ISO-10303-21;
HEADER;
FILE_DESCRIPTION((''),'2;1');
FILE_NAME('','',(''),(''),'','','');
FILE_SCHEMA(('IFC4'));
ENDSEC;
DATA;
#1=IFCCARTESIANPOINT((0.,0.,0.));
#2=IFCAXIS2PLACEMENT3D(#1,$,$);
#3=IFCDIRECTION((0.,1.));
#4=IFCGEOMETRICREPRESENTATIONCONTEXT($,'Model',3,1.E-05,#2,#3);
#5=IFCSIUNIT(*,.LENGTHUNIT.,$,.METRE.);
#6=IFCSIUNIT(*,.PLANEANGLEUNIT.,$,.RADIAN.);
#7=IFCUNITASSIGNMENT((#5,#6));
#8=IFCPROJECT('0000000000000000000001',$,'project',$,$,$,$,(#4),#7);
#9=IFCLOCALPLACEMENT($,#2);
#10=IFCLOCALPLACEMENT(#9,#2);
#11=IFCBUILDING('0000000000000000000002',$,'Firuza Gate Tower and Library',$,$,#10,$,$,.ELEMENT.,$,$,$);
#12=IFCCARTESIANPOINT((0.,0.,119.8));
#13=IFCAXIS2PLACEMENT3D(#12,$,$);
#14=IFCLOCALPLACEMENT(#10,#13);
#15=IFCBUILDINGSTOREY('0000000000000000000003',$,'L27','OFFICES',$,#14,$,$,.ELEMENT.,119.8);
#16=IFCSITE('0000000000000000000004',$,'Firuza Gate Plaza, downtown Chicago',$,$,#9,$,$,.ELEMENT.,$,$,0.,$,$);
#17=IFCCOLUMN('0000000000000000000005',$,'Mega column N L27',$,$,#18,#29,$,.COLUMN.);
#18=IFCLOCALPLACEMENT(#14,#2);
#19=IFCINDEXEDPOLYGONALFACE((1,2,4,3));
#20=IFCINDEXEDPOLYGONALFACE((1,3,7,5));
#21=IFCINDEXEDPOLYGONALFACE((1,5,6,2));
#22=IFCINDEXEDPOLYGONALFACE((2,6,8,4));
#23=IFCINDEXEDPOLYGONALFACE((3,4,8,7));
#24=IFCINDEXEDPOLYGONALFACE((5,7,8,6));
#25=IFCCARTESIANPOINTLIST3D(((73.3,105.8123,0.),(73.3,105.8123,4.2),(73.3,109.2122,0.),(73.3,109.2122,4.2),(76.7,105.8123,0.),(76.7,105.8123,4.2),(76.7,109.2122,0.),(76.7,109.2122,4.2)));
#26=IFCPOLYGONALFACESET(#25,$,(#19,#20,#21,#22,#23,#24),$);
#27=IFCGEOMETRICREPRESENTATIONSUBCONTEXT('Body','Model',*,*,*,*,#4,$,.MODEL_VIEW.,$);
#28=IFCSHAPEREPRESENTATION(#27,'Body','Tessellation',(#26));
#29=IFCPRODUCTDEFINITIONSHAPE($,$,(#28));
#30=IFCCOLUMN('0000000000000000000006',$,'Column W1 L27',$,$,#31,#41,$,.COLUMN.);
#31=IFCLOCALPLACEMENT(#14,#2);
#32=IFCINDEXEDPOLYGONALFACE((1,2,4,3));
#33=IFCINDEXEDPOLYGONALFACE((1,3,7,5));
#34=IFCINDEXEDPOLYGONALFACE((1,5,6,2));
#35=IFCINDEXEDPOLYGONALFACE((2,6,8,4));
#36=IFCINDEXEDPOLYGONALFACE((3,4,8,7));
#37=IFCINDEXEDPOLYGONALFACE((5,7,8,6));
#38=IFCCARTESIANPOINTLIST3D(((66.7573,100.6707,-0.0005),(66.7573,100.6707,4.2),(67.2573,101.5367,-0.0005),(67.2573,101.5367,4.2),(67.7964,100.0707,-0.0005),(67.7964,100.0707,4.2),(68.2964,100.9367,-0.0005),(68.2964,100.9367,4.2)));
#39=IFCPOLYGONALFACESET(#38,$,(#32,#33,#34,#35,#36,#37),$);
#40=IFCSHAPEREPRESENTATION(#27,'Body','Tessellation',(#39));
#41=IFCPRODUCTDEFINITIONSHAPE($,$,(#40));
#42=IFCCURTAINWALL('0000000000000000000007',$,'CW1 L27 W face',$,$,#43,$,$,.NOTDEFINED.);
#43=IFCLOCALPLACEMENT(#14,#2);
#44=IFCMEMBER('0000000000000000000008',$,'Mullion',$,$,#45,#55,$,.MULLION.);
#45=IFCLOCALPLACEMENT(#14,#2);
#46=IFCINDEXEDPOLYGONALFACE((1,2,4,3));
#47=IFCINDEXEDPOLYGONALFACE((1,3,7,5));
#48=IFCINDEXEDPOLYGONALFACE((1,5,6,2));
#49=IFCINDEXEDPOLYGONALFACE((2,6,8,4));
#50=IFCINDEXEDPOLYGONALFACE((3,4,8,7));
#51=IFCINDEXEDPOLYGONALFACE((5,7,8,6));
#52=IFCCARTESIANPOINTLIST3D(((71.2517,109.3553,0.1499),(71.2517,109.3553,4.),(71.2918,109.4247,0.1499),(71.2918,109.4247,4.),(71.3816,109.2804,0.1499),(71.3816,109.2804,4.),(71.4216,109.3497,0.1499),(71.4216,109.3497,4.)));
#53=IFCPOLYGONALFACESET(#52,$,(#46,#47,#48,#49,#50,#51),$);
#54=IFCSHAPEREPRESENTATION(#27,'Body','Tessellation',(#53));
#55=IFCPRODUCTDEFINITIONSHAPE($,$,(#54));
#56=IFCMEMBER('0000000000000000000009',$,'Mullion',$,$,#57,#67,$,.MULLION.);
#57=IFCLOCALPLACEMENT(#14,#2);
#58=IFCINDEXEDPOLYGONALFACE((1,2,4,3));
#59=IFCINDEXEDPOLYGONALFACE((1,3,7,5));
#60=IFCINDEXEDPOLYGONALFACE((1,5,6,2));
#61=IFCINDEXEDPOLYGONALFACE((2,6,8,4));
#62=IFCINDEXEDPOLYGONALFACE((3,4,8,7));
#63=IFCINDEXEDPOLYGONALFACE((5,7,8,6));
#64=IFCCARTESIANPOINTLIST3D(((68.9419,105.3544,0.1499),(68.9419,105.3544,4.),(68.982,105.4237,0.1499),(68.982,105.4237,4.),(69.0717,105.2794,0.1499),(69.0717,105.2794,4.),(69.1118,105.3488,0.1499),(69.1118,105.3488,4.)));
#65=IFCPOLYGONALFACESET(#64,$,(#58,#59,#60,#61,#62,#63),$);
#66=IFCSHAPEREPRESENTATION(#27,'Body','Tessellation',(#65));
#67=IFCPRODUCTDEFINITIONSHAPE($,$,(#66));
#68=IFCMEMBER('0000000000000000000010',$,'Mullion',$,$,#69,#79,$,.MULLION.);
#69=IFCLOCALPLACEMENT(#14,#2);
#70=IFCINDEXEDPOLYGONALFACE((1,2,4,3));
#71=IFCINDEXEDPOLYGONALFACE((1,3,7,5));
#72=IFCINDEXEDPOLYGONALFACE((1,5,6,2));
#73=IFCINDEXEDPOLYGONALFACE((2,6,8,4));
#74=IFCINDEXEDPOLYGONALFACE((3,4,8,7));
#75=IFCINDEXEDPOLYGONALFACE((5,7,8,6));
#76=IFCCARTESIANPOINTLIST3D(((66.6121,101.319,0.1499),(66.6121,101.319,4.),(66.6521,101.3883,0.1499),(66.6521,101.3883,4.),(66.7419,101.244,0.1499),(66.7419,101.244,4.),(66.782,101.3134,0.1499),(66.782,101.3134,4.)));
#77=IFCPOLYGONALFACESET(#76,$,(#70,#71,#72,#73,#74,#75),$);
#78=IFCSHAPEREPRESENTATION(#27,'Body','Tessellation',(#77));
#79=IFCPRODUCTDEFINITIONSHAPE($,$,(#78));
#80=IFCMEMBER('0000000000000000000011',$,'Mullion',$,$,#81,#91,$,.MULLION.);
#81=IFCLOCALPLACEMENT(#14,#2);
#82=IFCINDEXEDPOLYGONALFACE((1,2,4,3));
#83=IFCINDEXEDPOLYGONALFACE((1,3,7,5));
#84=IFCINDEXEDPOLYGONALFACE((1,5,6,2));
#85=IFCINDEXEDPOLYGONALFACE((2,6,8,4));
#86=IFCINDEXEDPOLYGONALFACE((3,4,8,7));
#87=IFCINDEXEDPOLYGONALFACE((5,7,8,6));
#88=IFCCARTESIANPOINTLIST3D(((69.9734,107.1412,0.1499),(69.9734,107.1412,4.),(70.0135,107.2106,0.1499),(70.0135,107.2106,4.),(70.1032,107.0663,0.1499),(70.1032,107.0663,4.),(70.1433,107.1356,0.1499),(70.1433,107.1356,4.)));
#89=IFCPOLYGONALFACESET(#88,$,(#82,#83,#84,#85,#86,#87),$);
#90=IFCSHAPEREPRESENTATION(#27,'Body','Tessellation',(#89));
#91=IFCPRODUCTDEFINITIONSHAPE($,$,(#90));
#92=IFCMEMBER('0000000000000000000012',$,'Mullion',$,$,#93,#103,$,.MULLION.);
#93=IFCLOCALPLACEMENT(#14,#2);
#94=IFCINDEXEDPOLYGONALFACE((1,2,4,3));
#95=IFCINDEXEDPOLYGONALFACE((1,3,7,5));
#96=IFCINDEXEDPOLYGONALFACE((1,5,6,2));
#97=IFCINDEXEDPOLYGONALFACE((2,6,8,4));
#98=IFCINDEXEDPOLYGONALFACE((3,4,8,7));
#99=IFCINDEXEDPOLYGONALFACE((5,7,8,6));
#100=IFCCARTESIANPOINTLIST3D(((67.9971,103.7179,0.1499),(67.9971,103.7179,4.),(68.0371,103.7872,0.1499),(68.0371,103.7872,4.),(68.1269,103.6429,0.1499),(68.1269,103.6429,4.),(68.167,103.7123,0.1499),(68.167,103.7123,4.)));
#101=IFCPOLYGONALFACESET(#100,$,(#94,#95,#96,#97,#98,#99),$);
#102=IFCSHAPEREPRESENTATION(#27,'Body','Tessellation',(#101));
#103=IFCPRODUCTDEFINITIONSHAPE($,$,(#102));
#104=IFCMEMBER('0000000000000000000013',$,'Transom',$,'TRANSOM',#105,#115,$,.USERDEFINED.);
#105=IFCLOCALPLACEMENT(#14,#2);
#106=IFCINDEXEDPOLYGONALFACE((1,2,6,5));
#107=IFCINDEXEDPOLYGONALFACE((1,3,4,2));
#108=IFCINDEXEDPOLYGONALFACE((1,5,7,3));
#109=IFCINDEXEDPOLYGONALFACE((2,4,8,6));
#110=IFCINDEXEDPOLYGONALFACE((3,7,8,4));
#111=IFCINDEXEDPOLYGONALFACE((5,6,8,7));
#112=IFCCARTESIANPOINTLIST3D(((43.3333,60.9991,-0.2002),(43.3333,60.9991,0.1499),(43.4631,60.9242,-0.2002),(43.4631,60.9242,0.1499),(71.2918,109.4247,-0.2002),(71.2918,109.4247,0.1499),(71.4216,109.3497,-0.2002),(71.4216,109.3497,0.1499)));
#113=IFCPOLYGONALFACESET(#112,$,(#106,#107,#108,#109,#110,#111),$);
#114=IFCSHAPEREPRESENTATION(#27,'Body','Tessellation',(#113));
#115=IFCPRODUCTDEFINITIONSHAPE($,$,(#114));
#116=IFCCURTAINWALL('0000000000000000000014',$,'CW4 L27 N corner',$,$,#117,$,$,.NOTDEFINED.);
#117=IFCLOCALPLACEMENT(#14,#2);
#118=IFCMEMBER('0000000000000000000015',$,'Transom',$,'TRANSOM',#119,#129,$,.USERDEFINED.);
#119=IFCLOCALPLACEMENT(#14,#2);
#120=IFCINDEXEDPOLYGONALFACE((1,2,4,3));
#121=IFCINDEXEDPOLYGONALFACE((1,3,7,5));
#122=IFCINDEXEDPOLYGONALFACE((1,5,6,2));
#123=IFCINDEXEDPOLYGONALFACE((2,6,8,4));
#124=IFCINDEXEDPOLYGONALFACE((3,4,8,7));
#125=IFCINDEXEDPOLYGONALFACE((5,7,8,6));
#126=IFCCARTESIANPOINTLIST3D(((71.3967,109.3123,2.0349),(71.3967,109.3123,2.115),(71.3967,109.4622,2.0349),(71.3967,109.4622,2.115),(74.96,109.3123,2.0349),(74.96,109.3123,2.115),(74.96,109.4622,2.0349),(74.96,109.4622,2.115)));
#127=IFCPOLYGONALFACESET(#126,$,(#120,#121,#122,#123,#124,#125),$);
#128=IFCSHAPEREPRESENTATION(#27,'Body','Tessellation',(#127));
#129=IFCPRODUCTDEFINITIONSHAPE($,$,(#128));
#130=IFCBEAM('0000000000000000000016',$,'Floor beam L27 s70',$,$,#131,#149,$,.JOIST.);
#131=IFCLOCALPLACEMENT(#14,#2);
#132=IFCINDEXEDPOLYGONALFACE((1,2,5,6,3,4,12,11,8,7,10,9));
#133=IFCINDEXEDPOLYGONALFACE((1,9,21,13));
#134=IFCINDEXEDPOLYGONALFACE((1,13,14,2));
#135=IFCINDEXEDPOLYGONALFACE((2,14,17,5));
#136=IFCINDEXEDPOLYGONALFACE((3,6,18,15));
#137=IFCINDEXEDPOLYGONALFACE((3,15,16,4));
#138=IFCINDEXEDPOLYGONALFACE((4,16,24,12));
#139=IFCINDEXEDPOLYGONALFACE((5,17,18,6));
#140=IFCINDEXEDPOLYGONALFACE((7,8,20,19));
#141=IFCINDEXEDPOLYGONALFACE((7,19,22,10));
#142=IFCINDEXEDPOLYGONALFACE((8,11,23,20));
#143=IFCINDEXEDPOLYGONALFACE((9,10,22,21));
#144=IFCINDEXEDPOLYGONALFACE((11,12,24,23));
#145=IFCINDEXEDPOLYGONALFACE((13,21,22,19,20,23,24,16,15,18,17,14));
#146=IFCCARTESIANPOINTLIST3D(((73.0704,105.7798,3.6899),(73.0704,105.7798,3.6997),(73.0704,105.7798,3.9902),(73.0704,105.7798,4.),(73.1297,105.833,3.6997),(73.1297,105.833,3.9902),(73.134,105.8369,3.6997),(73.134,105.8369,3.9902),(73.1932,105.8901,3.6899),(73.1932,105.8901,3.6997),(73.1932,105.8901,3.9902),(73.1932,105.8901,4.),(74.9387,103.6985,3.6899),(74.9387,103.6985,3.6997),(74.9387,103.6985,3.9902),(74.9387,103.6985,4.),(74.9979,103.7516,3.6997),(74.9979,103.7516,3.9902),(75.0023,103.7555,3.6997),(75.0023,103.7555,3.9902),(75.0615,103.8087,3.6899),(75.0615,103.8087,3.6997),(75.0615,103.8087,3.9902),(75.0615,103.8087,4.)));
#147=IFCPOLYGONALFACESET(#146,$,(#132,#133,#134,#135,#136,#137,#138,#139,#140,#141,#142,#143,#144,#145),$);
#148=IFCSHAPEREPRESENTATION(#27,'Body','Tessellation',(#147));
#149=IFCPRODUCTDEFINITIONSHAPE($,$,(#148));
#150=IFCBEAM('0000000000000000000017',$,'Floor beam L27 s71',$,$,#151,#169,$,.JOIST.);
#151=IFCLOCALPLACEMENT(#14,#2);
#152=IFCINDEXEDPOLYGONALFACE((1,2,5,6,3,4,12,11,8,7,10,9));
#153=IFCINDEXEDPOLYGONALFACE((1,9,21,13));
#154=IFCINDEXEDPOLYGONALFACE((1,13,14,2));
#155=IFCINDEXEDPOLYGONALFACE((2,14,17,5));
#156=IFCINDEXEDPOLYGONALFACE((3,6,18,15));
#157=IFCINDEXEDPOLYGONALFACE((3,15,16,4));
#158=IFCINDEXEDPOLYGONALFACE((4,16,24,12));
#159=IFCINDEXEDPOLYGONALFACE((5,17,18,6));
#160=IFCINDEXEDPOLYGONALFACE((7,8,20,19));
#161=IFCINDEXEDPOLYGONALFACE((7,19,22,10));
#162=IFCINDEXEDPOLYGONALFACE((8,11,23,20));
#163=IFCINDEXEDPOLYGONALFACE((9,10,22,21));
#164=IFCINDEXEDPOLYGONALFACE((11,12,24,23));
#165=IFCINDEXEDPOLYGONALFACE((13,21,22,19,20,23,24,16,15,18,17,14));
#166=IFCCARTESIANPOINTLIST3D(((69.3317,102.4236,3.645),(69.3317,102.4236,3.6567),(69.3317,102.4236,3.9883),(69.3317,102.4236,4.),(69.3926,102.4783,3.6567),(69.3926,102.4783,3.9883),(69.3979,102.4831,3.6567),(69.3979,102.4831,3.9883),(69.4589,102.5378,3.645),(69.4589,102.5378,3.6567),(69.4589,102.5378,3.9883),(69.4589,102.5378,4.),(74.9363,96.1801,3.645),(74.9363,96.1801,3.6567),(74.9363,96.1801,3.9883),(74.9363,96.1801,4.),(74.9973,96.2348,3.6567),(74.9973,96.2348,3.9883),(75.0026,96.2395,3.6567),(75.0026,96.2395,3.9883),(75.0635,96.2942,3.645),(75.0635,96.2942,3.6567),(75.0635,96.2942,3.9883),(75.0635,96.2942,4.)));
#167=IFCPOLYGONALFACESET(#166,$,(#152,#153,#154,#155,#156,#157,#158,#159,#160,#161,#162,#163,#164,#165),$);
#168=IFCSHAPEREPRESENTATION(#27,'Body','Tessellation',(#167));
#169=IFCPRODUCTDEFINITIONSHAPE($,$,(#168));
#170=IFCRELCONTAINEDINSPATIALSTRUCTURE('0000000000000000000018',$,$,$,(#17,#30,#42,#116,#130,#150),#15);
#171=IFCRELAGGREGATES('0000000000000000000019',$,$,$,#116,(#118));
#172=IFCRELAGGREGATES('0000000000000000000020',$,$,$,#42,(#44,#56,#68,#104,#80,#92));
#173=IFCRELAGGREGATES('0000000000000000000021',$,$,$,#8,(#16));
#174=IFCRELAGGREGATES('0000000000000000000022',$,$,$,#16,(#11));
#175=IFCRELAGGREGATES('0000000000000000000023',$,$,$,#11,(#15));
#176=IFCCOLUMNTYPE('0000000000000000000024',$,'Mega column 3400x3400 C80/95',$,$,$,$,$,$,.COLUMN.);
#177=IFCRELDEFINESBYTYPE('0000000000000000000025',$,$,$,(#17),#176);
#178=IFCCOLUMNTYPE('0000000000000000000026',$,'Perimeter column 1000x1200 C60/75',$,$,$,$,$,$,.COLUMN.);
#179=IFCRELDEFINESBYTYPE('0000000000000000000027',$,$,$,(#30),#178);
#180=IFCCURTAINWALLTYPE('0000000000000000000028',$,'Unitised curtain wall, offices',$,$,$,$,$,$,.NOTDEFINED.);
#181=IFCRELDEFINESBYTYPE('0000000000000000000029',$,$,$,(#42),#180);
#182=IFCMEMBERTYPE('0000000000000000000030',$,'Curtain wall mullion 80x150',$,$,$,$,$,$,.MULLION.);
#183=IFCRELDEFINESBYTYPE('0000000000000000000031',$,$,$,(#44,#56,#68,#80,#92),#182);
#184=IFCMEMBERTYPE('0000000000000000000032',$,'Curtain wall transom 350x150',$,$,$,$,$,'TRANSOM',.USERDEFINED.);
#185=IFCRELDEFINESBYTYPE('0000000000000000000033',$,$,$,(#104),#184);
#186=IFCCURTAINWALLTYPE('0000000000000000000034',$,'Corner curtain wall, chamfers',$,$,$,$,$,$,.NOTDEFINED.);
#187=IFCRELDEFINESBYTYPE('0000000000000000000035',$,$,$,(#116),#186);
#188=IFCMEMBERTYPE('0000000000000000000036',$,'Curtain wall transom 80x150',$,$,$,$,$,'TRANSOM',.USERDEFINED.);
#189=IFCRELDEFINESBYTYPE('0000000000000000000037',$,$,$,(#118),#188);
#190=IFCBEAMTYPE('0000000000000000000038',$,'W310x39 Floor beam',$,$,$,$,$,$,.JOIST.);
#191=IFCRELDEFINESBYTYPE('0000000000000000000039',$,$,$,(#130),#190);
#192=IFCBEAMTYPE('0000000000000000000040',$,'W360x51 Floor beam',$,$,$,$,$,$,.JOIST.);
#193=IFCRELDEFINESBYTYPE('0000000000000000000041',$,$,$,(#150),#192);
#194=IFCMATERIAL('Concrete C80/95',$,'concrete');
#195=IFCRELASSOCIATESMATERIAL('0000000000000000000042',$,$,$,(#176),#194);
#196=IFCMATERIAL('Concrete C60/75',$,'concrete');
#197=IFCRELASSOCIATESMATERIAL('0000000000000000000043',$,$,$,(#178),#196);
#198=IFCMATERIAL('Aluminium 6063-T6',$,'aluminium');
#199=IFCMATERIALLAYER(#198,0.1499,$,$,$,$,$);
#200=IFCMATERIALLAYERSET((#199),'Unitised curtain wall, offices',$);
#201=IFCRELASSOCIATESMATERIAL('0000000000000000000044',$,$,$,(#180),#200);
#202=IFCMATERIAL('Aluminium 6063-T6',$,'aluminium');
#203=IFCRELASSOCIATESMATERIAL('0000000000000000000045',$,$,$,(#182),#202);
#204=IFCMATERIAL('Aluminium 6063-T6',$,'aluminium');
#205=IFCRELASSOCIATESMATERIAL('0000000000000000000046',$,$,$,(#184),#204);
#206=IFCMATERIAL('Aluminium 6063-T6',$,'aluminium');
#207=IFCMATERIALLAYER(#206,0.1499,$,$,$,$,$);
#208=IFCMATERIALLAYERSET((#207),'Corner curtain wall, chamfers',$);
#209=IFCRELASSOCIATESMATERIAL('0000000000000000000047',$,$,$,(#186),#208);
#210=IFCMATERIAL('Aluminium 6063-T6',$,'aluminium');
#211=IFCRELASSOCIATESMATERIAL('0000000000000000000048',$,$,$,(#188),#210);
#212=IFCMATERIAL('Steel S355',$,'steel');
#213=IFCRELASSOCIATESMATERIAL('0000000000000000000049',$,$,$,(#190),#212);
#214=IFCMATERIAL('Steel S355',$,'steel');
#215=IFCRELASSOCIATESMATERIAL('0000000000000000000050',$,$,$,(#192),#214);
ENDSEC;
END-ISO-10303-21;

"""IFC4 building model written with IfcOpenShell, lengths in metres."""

from ifc_helpers import new_model, si_unit, direction, frame, origin, origin_2d, place, context, subcontext, project, spatial, rectangle, i_section, extrude, material, layer, layer_set, material_profile, profile_set, type_object, element, aggregate, save


model = new_model("IFC4")

# Units and contexts
model_context = context("Model", 3, precision=1e-05, world=origin(), true_north=direction((0.0, 1.0)))
body_context = subcontext(model_context, "Body", "Model", "MODEL_VIEW")
ifc_project = project(units=[si_unit("LENGTHUNIT", "METRE"), si_unit("PLANEANGLEUNIT", "RADIAN")], contexts=[model_context])

# Site, building, storey
site_placement = place(None, origin())
site = spatial("IfcSite", under=ifc_project, at=site_placement, Name="Firuza Gate Plaza, downtown Chicago", CompositionType="ELEMENT", RefElevation=0.0)
building_placement = place(site_placement, origin())
building = spatial("IfcBuilding", under=site, at=building_placement, Name="Firuza Gate Tower and Library", CompositionType="ELEMENT")
storey_placement = place(building_placement, frame((0.0, 0.0, 119.8)))
storey = spatial("IfcBuildingStorey", under=building, at=storey_placement, Name="L27", Description="OFFICES", CompositionType="ELEMENT", Elevation=119.8)

# Columns
ifc_material_1 = material(Name="Concrete C80/95", Category="concrete")
ifc_material_profile_1 = material_profile(ifc_material_1, rectangle(XDim=3.3999, YDim=3.3999, at=origin_2d()))
ifc_profile_set_1 = profile_set([ifc_material_profile_1], Name="Concrete C80/95")
column_type_1 = type_object("IfcColumnType", Name="Mega column 3400x3400 C80/95", PredefinedType="COLUMN", material=ifc_profile_set_1)
column_1_placement = place(storey_placement, frame((75.0, 107.5122, 0.0), z_axis=(0.0, 0.0, 1.0), x_axis=(-1.0, 0.0, 0.0)))
element("IfcColumn", 1, at=column_1_placement, inside=storey, type_object=column_type_1, Name="Mega column N L27", PredefinedType="COLUMN", context=body_context, shape_type="SweptSolid", body=[
    extrude(rectangle(XDim=3.3999, YDim=3.3999, at=origin_2d()), origin(), (0.0, 0.0, 1.0), 4.2),
])
ifc_material_2 = material(Name="Concrete C60/75", Category="concrete")
ifc_material_profile_2 = material_profile(ifc_material_2, rectangle(XDim=1.0, YDim=1.2, at=origin_2d()))
ifc_profile_set_2 = profile_set([ifc_material_profile_2], Name="Concrete C60/75")
column_type_2 = type_object("IfcColumnType", Name="Perimeter column 1000x1200 C60/75", PredefinedType="COLUMN", material=ifc_profile_set_2)
column_2_placement = place(storey_placement, frame((67.5269, 100.8037, -0.0005), z_axis=(0.0, 0.0, 1.0), x_axis=(-0.5, -0.866025, 0.0)))
element("IfcColumn", 2, at=column_2_placement, inside=storey, type_object=column_type_2, Name="Column W1 L27", PredefinedType="COLUMN", context=body_context, shape_type="SweptSolid", body=[
    extrude(rectangle(XDim=1.0, YDim=1.2, at=origin_2d()), origin(), (0.0, 0.0, 1.0), 4.2004),
])

# Curtain wall, members
ifc_material_3 = material(Name="Aluminium 6063-T6", Category="aluminium")
ifc_layer_1 = layer(ifc_material_3, 0.1499)
ifc_layer_set_1 = layer_set([ifc_layer_1], Name="Unitised curtain wall, offices")
curtain_wall_type_1 = type_object("IfcCurtainWallType", Name="Unitised curtain wall, offices", PredefinedType="NOTDEFINED", material=ifc_layer_set_1)
placement = place(storey_placement, origin())
curtain_wall_1 = element("IfcCurtainWall", 3, at=placement, inside=storey, type_object=curtain_wall_type_1, Name="CW1 L27 W face", PredefinedType="NOTDEFINED")
ifc_material_4 = material(Name="Aluminium 6063-T6", Category="aluminium")
ifc_material_profile_3 = material_profile(ifc_material_4, rectangle(XDim=0.1499, YDim=0.0801, at=origin_2d()))
ifc_profile_set_3 = profile_set([ifc_material_profile_3], Name="Aluminium 6063-T6")
member_type_1 = type_object("IfcMemberType", Name="Curtain wall mullion 80x150", PredefinedType="MULLION", material=ifc_profile_set_3)
member_1_placement = place(storey_placement, frame((71.3367, 109.3525, 0.1499), z_axis=(0.0, 0.0, 1.0), x_axis=(0.866025, -0.5, 0.0)))
member_1 = element("IfcMember", 4, at=member_1_placement, type_object=member_type_1, Name="Mullion", PredefinedType="MULLION", context=body_context, shape_type="SweptSolid", body=[
    extrude(rectangle(XDim=0.1499, YDim=0.0801, at=origin_2d()), origin(), (0.0, 0.0, 1.0), 3.8501),
])
member_2_placement = place(storey_placement, frame((69.0269, 105.3516, 0.1499), z_axis=(0.0, 0.0, 1.0), x_axis=(0.866025, -0.5, 0.0)))
member_2 = element("IfcMember", 5, at=member_2_placement, type_object=member_type_1, Name="Mullion", PredefinedType="MULLION", context=body_context, shape_type="SweptSolid", body=[
    extrude(rectangle(XDim=0.1499, YDim=0.0801, at=origin_2d()), origin(), (0.0, 0.0, 1.0), 3.8501),
])
member_3_placement = place(storey_placement, frame((66.697, 101.3162, 0.1499), z_axis=(0.0, 0.0, 1.0), x_axis=(0.866025, -0.5, 0.0)))
member_3 = element("IfcMember", 6, at=member_3_placement, type_object=member_type_1, Name="Mullion", PredefinedType="MULLION", context=body_context, shape_type="SweptSolid", body=[
    extrude(rectangle(XDim=0.1499, YDim=0.0801, at=origin_2d()), origin(), (0.0, 0.0, 1.0), 3.8501),
])
member_4_placement = place(storey_placement, frame((70.0583, 107.1384, 0.1499), z_axis=(0.0, 0.0, 1.0), x_axis=(0.866025, -0.5, 0.0)))
member_4 = element("IfcMember", 7, at=member_4_placement, type_object=member_type_1, Name="Mullion", PredefinedType="MULLION", context=body_context, shape_type="SweptSolid", body=[
    extrude(rectangle(XDim=0.1499, YDim=0.0801, at=origin_2d()), origin(), (0.0, 0.0, 1.0), 3.8501),
])
member_5_placement = place(storey_placement, frame((68.082, 103.7151, 0.1499), z_axis=(0.0, 0.0, 1.0), x_axis=(0.866025, -0.5, 0.0)))
member_5 = element("IfcMember", 8, at=member_5_placement, type_object=member_type_1, Name="Mullion", PredefinedType="MULLION", context=body_context, shape_type="SweptSolid", body=[
    extrude(rectangle(XDim=0.1499, YDim=0.0801, at=origin_2d()), origin(), (0.0, 0.0, 1.0), 3.8501),
])
ifc_material_5 = material(Name="Aluminium 6063-T6", Category="aluminium")
ifc_material_profile_4 = material_profile(ifc_material_5, rectangle(XDim=0.1499, YDim=0.3501, at=origin_2d()))
ifc_profile_set_4 = profile_set([ifc_material_profile_4], Name="Aluminium 6063-T6")
member_type_2 = type_object("IfcMemberType", Name="Curtain wall transom 350x150", ElementType="TRANSOM", PredefinedType="USERDEFINED", material=ifc_profile_set_4)
member_6_placement = place(storey_placement, frame((71.3567, 109.3872, -0.0251), z_axis=(-0.5, -0.866025, 0.0), x_axis=(0.866025, -0.5, 0.0)))
member_6 = element("IfcMember", 9, at=member_6_placement, type_object=member_type_2, Name="Transom", ObjectType="TRANSOM", PredefinedType="USERDEFINED", context=body_context, shape_type="SweptSolid", body=[
    extrude(rectangle(XDim=0.1499, YDim=0.3501, at=origin_2d()), origin(), (0.0, 0.0, 1.0), 55.917),
])

# Curtain wall, member
ifc_material_6 = material(Name="Aluminium 6063-T6", Category="aluminium")
ifc_layer_2 = layer(ifc_material_6, 0.1499)
ifc_layer_set_2 = layer_set([ifc_layer_2], Name="Corner curtain wall, chamfers")
curtain_wall_type_2 = type_object("IfcCurtainWallType", Name="Corner curtain wall, chamfers", PredefinedType="NOTDEFINED", material=ifc_layer_set_2)
curtain_wall_2 = element("IfcCurtainWall", 10, at=placement, inside=storey, type_object=curtain_wall_type_2, Name="CW4 L27 N corner", PredefinedType="NOTDEFINED")
ifc_material_7 = material(Name="Aluminium 6063-T6", Category="aluminium")
ifc_material_profile_5 = material_profile(ifc_material_7, rectangle(XDim=0.1499, YDim=0.0801, at=origin_2d()))
ifc_profile_set_5 = profile_set([ifc_material_profile_5], Name="Aluminium 6063-T6")
member_type_3 = type_object("IfcMemberType", Name="Curtain wall transom 80x150", ElementType="TRANSOM", PredefinedType="USERDEFINED", material=ifc_profile_set_5)
member_7_placement = place(storey_placement, frame((74.96, 109.3872, 2.075), z_axis=(-1.0, 0.0, 0.0), x_axis=(0.0, -1.0, 0.0)))
member_7 = element("IfcMember", 11, at=member_7_placement, type_object=member_type_3, Name="Transom", ObjectType="TRANSOM", PredefinedType="USERDEFINED", context=body_context, shape_type="SweptSolid", body=[
    extrude(rectangle(XDim=0.1499, YDim=0.0801, at=origin_2d()), origin(), (0.0, 0.0, 1.0), 3.5632),
])

# Beams
ifc_material_8 = material(Name="Steel S355", Category="steel")
ifc_material_profile_6 = material_profile(ifc_material_8, i_section(OverallWidth=0.165, OverallDepth=0.3101, WebThickness=0.0059, FlangeThickness=0.0098, at=origin_2d()))
ifc_profile_set_6 = profile_set([ifc_material_profile_6], Name="Steel S355")
beam_type_1 = type_object("IfcBeamType", Name="W310x39 Floor beam", PredefinedType="JOIST", material=ifc_profile_set_6)
beam_1_placement = place(storey_placement, frame((73.1318, 105.835, 3.845), z_axis=(0.667975, -0.744183, 0.0), x_axis=(0.744183, 0.667975, 0.0)))
element("IfcBeam", 12, at=beam_1_placement, inside=storey, type_object=beam_type_1, Name="Floor beam L27 s70", PredefinedType="JOIST", context=body_context, shape_type="SweptSolid", body=[
    extrude(i_section(OverallWidth=0.165, OverallDepth=0.3101, WebThickness=0.0059, FlangeThickness=0.0098, at=origin_2d()), origin(), (0.0, 0.0, 1.0), 2.7969),
])
ifc_material_9 = material(Name="Steel S355", Category="steel")
ifc_material_profile_7 = material_profile(ifc_material_9, i_section(OverallWidth=0.1709, OverallDepth=0.355, WebThickness=0.0071, FlangeThickness=0.0117, at=origin_2d()))
ifc_profile_set_7 = profile_set([ifc_material_profile_7], Name="Steel S355")
beam_type_2 = type_object("IfcBeamType", Name="W360x51 Floor beam", PredefinedType="JOIST", material=ifc_profile_set_7)
beam_2_placement = place(storey_placement, frame((69.3953, 102.4807, 3.8225), z_axis=(0.668006, -0.744156, 0.0), x_axis=(0.744156, 0.668006, 0.0)))
element("IfcBeam", 13, at=beam_2_placement, inside=storey, type_object=beam_type_2, Name="Floor beam L27 s71", PredefinedType="JOIST", context=body_context, shape_type="SweptSolid", body=[
    extrude(i_section(OverallWidth=0.1709, OverallDepth=0.355, WebThickness=0.0071, FlangeThickness=0.0117, at=origin_2d()), origin(), (0.0, 0.0, 1.0), 8.3901),
])

aggregate(curtain_wall_2, [member_7])
aggregate(curtain_wall_1, [member_1, member_2, member_3, member_6, member_4, member_5])

save(model, "model.ifc")
